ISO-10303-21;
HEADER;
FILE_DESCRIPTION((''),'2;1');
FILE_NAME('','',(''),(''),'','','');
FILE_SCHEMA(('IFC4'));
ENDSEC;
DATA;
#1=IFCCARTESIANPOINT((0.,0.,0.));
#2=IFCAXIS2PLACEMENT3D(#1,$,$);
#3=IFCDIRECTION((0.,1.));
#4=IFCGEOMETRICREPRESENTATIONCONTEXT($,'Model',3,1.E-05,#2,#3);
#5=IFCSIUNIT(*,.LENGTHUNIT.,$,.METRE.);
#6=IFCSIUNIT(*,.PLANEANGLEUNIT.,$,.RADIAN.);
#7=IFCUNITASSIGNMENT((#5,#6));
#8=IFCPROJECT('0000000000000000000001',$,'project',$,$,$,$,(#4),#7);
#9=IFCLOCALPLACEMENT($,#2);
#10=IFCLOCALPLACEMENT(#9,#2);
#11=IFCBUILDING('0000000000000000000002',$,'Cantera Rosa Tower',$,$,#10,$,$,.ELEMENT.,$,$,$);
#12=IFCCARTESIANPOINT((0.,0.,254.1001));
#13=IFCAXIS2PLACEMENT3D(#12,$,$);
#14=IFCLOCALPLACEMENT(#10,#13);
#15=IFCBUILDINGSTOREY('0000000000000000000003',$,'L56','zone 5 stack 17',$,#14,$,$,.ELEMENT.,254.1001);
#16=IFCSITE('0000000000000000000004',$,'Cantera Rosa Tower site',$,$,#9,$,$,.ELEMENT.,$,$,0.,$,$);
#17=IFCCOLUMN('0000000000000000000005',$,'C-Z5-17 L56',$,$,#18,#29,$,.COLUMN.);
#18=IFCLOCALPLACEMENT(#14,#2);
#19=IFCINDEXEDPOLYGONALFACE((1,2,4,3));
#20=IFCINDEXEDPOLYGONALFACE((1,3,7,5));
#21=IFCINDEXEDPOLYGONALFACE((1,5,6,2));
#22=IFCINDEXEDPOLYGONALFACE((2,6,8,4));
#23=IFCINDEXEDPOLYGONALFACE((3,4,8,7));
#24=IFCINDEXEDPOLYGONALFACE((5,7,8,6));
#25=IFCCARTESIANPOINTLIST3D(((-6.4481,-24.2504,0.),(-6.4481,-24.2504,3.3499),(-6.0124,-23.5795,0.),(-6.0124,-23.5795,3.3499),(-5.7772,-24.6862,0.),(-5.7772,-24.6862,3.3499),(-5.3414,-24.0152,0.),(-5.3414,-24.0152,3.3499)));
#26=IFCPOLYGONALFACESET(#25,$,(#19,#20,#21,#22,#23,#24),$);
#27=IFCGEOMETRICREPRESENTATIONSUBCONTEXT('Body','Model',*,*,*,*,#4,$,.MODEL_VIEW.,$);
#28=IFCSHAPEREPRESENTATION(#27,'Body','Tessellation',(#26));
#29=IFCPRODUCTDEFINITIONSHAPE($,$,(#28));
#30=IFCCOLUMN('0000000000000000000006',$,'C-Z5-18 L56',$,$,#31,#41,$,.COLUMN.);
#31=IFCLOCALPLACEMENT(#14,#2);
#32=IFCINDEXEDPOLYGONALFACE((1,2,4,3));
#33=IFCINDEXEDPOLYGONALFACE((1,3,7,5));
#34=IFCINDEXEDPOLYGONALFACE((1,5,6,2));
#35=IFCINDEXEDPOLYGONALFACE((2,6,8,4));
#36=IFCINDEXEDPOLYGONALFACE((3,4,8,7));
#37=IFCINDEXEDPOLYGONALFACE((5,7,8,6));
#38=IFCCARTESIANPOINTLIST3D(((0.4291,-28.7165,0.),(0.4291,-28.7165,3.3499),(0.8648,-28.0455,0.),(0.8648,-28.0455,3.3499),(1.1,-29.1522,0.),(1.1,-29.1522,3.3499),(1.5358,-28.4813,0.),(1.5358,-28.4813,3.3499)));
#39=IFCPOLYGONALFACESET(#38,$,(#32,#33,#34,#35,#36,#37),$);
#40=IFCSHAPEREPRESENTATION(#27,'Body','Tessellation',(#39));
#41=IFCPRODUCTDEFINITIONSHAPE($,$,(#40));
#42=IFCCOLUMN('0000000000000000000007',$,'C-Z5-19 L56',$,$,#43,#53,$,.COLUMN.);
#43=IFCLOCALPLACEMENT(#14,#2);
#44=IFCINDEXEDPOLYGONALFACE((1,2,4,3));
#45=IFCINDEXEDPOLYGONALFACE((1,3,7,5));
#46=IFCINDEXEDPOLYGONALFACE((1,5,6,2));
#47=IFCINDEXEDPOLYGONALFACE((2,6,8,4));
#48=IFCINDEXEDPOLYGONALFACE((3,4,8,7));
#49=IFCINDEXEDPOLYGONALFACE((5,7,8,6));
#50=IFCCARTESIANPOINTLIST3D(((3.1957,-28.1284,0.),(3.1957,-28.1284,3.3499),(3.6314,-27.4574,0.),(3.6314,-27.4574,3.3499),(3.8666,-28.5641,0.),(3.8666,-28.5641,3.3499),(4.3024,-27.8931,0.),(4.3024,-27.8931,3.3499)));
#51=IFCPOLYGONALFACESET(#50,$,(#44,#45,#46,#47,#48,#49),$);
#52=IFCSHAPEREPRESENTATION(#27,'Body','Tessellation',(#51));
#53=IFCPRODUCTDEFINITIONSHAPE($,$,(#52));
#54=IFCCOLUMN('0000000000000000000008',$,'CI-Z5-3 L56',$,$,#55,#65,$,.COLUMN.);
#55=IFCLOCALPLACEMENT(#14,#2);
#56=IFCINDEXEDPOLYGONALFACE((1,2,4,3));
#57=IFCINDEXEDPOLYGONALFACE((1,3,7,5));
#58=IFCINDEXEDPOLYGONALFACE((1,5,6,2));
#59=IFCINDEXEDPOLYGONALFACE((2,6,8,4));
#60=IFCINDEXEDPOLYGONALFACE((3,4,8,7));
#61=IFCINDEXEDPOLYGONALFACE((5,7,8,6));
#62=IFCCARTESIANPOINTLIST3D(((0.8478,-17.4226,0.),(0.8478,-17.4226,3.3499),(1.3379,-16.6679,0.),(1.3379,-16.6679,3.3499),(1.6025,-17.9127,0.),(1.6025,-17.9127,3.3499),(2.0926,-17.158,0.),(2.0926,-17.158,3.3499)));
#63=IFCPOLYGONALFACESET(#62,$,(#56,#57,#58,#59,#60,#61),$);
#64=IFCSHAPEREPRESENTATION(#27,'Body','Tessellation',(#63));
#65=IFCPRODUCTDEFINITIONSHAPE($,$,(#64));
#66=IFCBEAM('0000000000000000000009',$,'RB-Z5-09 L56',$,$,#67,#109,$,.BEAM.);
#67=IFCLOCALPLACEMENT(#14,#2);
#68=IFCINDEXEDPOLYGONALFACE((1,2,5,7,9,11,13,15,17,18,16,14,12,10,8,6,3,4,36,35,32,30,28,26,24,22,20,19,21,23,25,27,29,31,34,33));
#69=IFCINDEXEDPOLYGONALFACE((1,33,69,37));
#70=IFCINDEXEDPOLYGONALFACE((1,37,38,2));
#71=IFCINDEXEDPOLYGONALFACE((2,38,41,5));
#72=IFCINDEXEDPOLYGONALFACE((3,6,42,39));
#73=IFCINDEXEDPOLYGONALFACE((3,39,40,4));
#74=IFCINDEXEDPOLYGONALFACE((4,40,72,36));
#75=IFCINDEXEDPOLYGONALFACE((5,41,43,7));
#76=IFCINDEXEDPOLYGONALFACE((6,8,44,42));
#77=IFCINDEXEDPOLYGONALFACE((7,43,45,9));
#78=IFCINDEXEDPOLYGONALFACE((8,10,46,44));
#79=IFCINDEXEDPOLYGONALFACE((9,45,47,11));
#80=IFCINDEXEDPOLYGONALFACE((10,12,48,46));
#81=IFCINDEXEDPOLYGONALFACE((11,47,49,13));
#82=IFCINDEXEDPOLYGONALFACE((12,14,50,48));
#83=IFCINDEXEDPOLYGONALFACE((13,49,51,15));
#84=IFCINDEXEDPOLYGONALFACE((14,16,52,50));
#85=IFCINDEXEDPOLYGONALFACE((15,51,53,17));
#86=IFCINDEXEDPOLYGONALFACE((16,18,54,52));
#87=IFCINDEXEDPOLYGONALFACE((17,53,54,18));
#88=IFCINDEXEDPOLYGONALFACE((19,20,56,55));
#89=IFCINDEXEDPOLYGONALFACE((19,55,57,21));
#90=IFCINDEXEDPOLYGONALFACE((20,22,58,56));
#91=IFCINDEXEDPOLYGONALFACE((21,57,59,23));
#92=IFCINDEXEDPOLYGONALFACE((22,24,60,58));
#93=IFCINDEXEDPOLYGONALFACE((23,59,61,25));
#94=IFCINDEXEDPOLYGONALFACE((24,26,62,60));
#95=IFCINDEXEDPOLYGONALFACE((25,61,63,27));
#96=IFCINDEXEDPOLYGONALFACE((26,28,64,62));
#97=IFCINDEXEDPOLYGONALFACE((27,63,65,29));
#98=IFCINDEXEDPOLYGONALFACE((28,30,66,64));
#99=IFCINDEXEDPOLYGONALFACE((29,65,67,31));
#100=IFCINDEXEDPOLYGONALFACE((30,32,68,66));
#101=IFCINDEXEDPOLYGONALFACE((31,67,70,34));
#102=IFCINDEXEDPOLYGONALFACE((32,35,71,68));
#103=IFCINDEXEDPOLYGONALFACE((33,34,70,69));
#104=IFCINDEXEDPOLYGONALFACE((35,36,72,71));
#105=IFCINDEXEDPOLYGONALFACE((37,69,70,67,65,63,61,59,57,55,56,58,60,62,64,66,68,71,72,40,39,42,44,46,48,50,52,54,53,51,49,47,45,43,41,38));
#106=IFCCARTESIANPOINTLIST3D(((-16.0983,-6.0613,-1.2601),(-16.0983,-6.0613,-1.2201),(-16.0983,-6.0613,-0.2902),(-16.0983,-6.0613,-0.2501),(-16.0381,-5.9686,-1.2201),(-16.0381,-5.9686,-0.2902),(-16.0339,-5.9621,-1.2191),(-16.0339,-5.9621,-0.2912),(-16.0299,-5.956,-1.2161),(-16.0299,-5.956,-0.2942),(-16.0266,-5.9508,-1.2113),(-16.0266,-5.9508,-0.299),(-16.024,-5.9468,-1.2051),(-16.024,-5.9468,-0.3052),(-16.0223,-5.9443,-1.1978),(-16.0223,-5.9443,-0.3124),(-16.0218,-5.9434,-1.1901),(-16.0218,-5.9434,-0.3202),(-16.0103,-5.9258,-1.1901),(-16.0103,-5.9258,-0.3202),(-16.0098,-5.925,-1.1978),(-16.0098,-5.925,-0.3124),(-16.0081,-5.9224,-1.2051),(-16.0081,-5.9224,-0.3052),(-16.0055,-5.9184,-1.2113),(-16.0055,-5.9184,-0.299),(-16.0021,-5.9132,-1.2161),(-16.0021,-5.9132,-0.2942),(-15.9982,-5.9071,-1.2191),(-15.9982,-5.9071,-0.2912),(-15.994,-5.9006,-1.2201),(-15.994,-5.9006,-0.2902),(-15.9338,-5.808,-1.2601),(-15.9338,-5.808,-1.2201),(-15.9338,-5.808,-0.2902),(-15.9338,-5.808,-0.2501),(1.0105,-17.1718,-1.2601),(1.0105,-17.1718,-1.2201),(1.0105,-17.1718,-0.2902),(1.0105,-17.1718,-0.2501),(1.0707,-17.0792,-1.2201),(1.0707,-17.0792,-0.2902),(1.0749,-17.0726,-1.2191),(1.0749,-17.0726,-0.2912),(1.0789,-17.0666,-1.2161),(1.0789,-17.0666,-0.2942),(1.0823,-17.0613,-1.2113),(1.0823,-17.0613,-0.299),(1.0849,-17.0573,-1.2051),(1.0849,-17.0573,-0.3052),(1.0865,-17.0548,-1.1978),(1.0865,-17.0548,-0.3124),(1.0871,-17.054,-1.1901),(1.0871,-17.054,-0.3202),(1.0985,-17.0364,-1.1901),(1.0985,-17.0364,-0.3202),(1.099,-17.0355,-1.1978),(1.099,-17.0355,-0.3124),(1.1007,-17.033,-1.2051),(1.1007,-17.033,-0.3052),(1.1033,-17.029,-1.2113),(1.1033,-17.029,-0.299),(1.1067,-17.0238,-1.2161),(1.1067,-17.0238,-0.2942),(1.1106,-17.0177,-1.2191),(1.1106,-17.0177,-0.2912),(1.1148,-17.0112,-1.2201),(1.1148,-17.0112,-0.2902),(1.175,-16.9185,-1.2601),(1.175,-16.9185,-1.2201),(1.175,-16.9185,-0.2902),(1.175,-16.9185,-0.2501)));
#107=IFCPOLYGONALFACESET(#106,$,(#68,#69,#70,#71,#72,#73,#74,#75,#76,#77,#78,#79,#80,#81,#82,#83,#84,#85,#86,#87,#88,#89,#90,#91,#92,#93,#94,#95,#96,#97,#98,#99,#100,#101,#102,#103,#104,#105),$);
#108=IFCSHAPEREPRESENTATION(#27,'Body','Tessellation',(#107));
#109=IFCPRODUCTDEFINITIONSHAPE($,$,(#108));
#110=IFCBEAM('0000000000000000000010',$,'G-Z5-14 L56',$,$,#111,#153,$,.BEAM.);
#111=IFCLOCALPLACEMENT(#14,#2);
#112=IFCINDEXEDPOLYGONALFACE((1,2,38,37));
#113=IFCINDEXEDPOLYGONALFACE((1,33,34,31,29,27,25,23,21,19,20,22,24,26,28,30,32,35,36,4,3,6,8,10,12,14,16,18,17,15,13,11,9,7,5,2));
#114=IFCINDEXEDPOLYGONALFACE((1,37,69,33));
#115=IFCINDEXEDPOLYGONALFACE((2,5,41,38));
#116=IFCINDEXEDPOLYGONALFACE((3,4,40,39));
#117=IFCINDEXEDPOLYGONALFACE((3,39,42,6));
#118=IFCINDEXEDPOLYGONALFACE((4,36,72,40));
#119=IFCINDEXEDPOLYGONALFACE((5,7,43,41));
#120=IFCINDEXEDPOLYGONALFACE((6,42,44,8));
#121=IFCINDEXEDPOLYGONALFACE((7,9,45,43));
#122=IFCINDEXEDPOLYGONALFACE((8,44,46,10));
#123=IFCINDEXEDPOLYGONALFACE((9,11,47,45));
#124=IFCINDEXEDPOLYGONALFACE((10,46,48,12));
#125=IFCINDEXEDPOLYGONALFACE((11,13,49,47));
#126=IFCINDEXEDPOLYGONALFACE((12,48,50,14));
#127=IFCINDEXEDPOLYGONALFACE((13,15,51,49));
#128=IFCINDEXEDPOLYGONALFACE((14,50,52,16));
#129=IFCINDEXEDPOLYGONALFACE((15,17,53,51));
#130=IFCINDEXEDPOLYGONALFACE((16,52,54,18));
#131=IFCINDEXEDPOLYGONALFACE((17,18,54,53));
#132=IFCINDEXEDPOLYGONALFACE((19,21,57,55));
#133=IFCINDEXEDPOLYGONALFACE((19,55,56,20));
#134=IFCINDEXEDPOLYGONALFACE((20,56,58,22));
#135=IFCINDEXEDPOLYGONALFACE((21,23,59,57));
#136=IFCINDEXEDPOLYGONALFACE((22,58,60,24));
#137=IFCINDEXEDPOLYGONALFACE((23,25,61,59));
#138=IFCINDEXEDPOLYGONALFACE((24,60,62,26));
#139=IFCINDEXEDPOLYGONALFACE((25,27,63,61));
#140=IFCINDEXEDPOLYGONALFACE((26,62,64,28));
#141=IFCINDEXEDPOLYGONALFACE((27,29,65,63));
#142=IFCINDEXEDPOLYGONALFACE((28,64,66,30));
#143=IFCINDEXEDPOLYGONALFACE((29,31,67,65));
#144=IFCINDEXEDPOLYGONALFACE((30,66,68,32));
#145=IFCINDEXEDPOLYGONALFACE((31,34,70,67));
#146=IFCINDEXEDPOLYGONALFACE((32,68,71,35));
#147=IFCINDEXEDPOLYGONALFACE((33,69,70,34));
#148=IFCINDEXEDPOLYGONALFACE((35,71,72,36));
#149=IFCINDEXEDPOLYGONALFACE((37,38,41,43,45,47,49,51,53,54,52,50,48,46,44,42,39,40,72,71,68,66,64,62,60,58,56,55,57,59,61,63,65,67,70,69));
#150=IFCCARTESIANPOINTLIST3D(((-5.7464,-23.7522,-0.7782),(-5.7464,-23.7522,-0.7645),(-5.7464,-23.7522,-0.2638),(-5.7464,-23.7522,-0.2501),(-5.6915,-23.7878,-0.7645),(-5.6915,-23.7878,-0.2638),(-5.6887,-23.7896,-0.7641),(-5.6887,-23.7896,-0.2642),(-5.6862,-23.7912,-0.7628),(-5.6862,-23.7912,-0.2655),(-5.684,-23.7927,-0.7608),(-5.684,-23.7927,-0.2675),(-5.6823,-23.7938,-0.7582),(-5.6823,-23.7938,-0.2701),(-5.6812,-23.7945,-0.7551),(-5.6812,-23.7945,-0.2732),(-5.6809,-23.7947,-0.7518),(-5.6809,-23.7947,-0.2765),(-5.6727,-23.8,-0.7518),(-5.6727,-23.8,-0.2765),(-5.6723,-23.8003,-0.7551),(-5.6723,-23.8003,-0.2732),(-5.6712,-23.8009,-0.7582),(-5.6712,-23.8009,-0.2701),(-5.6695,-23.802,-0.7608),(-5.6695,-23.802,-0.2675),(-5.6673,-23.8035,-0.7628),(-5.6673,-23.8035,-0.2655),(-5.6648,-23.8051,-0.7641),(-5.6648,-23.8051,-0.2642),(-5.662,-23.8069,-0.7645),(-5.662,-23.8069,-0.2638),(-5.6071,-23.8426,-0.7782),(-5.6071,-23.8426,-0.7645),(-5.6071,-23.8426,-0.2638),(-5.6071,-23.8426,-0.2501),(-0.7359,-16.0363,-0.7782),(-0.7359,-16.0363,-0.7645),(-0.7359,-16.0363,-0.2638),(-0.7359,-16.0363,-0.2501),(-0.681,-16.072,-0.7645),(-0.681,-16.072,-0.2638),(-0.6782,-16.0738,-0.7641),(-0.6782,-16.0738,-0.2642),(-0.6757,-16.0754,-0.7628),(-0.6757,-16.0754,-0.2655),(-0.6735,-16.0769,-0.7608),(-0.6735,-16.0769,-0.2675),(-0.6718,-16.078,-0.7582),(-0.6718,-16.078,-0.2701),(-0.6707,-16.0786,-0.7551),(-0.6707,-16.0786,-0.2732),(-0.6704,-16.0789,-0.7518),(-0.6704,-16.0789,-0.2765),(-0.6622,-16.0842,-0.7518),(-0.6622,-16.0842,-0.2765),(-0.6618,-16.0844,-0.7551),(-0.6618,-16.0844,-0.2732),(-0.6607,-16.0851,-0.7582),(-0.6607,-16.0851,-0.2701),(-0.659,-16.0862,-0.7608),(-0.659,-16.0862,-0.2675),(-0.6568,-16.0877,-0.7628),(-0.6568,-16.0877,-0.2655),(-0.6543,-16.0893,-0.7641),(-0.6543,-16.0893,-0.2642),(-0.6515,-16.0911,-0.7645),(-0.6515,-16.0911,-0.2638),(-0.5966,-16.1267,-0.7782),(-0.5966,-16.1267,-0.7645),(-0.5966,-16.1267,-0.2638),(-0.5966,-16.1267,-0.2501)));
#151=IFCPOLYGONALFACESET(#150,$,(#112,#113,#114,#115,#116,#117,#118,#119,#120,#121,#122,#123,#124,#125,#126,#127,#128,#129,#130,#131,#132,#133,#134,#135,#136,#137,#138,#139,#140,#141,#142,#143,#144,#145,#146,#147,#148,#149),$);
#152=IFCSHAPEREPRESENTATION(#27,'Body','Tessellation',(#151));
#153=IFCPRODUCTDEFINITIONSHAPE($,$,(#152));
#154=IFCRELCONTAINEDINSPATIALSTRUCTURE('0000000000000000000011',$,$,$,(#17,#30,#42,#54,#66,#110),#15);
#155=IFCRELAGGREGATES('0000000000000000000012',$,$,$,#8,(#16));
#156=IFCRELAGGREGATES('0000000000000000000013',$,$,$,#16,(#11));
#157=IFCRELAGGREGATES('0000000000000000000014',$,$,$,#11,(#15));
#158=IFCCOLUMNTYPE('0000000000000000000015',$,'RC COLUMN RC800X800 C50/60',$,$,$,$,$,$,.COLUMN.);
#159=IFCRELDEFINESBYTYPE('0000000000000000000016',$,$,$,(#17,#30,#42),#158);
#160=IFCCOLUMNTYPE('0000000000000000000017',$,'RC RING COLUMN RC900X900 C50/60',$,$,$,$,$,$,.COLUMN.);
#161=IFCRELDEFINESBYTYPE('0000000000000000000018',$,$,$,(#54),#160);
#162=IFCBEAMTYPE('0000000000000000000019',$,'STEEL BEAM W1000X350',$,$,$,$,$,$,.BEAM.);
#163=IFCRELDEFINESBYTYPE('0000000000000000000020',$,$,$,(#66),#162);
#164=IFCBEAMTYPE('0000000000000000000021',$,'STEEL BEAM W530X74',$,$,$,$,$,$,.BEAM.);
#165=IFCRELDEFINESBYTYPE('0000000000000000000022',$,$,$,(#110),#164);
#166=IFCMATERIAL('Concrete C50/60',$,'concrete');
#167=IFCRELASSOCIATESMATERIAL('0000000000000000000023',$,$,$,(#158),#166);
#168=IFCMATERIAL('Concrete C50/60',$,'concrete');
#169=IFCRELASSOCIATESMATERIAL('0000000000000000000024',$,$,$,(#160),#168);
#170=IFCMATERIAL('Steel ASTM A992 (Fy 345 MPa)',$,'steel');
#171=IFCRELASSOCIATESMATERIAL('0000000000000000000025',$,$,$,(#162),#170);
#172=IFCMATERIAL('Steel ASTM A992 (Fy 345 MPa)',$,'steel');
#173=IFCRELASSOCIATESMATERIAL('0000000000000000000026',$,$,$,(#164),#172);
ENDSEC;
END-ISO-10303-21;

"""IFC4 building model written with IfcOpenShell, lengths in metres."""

from ifc_helpers import new_model, si_unit, direction, frame, origin, origin_2d, place, context, subcontext, project, spatial, rectangle, i_section, extrude, material, material_profile, profile_set, type_object, element, save


model = new_model("IFC4")

# Units and contexts
model_context = context("Model", 3, precision=1e-05, world=origin(), true_north=direction((0.0, 1.0)))
body_context = subcontext(model_context, "Body", "Model", "MODEL_VIEW")
ifc_project = project(units=[si_unit("LENGTHUNIT", "METRE"), si_unit("PLANEANGLEUNIT", "RADIAN")], contexts=[model_context])

# Site, building, storey
site_placement = place(None, origin())
site = spatial("IfcSite", under=ifc_project, at=site_placement, Name="Cantera Rosa Tower site", CompositionType="ELEMENT", RefElevation=0.0)
building_placement = place(site_placement, origin())
building = spatial("IfcBuilding", under=site, at=building_placement, Name="Cantera Rosa Tower", CompositionType="ELEMENT")
storey_placement = place(building_placement, frame((0.0, 0.0, 254.1001)))
storey = spatial("IfcBuildingStorey", under=building, at=storey_placement, Name="L56", Description="zone 5 stack 17", CompositionType="ELEMENT", Elevation=254.1001)

# Columns
ifc_material_1 = material(Name="Concrete C50/60", Category="concrete")
ifc_material_profile_1 = material_profile(ifc_material_1, rectangle(XDim=0.8, YDim=0.8, at=origin_2d()), Name="RC COLUMN RC800X800 C50/60")
ifc_profile_set_1 = profile_set([ifc_material_profile_1], Name="Concrete C50/60")
column_type_1 = type_object("IfcColumnType", Name="RC COLUMN RC800X800 C50/60", PredefinedType="COLUMN", material=ifc_profile_set_1)
for number, where, z_axis, x_axis, name in (
    (1, (-5.8948, -24.1328, 0.0), (0.0, 0.0, 1.0), (0.544639, 0.838671, 0.0), "C-Z5-17 L56"),
    (2, (0.9824, -28.5989, 0.0), (0.0, 0.0, 1.0), (0.544639, 0.838671, 0.0), "C-Z5-18 L56"),
    (3, (3.749, -28.0107, 0.0), (0.0, 0.0, 1.0), (0.544639, 0.838671, 0.0), "C-Z5-19 L56"),
):
    element("IfcColumn", number, at=place(storey_placement, frame(where, z_axis=z_axis, x_axis=x_axis)), inside=storey, type_object=column_type_1, Name=name, PredefinedType="COLUMN", context=body_context, shape_type="SweptSolid", body=[
        extrude(rectangle(XDim=0.8, YDim=0.8, at=origin_2d()), origin(), (0.0, 0.0, 1.0), 3.3499),
    ])
ifc_material_2 = material(Name="Concrete C50/60", Category="concrete")
ifc_material_profile_2 = material_profile(ifc_material_2, rectangle(XDim=0.8999, YDim=0.8999, at=origin_2d()), Name="RC RING COLUMN RC900X900 C50/60")
ifc_profile_set_2 = profile_set([ifc_material_profile_2], Name="Concrete C50/60")
column_type_2 = type_object("IfcColumnType", Name="RC RING COLUMN RC900X900 C50/60", PredefinedType="COLUMN", material=ifc_profile_set_2)
column_placement = place(storey_placement, frame((1.4702, -17.2903, 0.0), z_axis=(0.0, 0.0, 1.0), x_axis=(0.544639, 0.838671, 0.0)))
element("IfcColumn", 4, at=column_placement, inside=storey, type_object=column_type_2, Name="CI-Z5-3 L56", PredefinedType="COLUMN", context=body_context, shape_type="SweptSolid", body=[
    extrude(rectangle(XDim=0.8999, YDim=0.8999, at=origin_2d()), origin(), (0.0, 0.0, 1.0), 3.3499),
])

# Beams
ifc_material_3 = material(Name="Steel ASTM A992 (Fy 345 MPa)", Category="steel")
ifc_material_profile_3 = material_profile(ifc_material_3, i_section(OverallWidth=0.302, OverallDepth=1.01, WebThickness=0.021, FlangeThickness=0.04, FilletRadius=0.03, at=origin_2d()), Name="W1000X350")
ifc_profile_set_3 = profile_set([ifc_material_profile_3], Name="Steel ASTM A992 (Fy 345 MPa)")
beam_type_1 = type_object("IfcBeamType", Name="STEEL BEAM W1000X350", PredefinedType="BEAM", material=ifc_profile_set_3)
beam_1_placement = place(storey_placement, frame((1.0928, -17.0452, -0.7551), z_axis=(-0.838672, 0.544637, 0.0), x_axis=(-0.544637, -0.838672, 0.0)))
element("IfcBeam", 5, at=beam_1_placement, inside=storey, type_object=beam_type_1, Name="RB-Z5-09 L56", PredefinedType="BEAM", context=body_context, shape_type="SweptSolid", body=[
    extrude(i_section(OverallWidth=0.302, OverallDepth=1.01, WebThickness=0.021, FlangeThickness=0.04, FilletRadius=0.03, at=origin_2d()), origin(), (0.0, 0.0, 1.0), 20.3999),
])
ifc_material_4 = material(Name="Steel ASTM A992 (Fy 345 MPa)", Category="steel")
ifc_material_profile_4 = material_profile(ifc_material_4, i_section(OverallWidth=0.166, OverallDepth=0.5281, WebThickness=0.0098, FlangeThickness=0.0137, FilletRadius=0.0127, at=origin_2d()), Name="W530X74")
ifc_profile_set_4 = profile_set([ifc_material_profile_4], Name="Steel ASTM A992 (Fy 345 MPa)")
beam_type_2 = type_object("IfcBeamType", Name="STEEL BEAM W530X74", PredefinedType="BEAM", material=ifc_profile_set_4)
beam_2_placement = place(storey_placement, frame((-5.6768, -23.7974, -0.5142), z_axis=(0.544623, 0.838681, 0.0), x_axis=(-0.838681, 0.544623, 0.0)))
element("IfcBeam", 6, at=beam_2_placement, inside=storey, type_object=beam_type_2, Name="G-Z5-14 L56", PredefinedType="BEAM", context=body_context, shape_type="SweptSolid", body=[
    extrude(i_section(OverallWidth=0.166, OverallDepth=0.5281, WebThickness=0.0098, FlangeThickness=0.0137, FilletRadius=0.0127, at=origin_2d()), origin(), (0.0, 0.0, 1.0), 9.2),
])

save(model, "model.ifc")
